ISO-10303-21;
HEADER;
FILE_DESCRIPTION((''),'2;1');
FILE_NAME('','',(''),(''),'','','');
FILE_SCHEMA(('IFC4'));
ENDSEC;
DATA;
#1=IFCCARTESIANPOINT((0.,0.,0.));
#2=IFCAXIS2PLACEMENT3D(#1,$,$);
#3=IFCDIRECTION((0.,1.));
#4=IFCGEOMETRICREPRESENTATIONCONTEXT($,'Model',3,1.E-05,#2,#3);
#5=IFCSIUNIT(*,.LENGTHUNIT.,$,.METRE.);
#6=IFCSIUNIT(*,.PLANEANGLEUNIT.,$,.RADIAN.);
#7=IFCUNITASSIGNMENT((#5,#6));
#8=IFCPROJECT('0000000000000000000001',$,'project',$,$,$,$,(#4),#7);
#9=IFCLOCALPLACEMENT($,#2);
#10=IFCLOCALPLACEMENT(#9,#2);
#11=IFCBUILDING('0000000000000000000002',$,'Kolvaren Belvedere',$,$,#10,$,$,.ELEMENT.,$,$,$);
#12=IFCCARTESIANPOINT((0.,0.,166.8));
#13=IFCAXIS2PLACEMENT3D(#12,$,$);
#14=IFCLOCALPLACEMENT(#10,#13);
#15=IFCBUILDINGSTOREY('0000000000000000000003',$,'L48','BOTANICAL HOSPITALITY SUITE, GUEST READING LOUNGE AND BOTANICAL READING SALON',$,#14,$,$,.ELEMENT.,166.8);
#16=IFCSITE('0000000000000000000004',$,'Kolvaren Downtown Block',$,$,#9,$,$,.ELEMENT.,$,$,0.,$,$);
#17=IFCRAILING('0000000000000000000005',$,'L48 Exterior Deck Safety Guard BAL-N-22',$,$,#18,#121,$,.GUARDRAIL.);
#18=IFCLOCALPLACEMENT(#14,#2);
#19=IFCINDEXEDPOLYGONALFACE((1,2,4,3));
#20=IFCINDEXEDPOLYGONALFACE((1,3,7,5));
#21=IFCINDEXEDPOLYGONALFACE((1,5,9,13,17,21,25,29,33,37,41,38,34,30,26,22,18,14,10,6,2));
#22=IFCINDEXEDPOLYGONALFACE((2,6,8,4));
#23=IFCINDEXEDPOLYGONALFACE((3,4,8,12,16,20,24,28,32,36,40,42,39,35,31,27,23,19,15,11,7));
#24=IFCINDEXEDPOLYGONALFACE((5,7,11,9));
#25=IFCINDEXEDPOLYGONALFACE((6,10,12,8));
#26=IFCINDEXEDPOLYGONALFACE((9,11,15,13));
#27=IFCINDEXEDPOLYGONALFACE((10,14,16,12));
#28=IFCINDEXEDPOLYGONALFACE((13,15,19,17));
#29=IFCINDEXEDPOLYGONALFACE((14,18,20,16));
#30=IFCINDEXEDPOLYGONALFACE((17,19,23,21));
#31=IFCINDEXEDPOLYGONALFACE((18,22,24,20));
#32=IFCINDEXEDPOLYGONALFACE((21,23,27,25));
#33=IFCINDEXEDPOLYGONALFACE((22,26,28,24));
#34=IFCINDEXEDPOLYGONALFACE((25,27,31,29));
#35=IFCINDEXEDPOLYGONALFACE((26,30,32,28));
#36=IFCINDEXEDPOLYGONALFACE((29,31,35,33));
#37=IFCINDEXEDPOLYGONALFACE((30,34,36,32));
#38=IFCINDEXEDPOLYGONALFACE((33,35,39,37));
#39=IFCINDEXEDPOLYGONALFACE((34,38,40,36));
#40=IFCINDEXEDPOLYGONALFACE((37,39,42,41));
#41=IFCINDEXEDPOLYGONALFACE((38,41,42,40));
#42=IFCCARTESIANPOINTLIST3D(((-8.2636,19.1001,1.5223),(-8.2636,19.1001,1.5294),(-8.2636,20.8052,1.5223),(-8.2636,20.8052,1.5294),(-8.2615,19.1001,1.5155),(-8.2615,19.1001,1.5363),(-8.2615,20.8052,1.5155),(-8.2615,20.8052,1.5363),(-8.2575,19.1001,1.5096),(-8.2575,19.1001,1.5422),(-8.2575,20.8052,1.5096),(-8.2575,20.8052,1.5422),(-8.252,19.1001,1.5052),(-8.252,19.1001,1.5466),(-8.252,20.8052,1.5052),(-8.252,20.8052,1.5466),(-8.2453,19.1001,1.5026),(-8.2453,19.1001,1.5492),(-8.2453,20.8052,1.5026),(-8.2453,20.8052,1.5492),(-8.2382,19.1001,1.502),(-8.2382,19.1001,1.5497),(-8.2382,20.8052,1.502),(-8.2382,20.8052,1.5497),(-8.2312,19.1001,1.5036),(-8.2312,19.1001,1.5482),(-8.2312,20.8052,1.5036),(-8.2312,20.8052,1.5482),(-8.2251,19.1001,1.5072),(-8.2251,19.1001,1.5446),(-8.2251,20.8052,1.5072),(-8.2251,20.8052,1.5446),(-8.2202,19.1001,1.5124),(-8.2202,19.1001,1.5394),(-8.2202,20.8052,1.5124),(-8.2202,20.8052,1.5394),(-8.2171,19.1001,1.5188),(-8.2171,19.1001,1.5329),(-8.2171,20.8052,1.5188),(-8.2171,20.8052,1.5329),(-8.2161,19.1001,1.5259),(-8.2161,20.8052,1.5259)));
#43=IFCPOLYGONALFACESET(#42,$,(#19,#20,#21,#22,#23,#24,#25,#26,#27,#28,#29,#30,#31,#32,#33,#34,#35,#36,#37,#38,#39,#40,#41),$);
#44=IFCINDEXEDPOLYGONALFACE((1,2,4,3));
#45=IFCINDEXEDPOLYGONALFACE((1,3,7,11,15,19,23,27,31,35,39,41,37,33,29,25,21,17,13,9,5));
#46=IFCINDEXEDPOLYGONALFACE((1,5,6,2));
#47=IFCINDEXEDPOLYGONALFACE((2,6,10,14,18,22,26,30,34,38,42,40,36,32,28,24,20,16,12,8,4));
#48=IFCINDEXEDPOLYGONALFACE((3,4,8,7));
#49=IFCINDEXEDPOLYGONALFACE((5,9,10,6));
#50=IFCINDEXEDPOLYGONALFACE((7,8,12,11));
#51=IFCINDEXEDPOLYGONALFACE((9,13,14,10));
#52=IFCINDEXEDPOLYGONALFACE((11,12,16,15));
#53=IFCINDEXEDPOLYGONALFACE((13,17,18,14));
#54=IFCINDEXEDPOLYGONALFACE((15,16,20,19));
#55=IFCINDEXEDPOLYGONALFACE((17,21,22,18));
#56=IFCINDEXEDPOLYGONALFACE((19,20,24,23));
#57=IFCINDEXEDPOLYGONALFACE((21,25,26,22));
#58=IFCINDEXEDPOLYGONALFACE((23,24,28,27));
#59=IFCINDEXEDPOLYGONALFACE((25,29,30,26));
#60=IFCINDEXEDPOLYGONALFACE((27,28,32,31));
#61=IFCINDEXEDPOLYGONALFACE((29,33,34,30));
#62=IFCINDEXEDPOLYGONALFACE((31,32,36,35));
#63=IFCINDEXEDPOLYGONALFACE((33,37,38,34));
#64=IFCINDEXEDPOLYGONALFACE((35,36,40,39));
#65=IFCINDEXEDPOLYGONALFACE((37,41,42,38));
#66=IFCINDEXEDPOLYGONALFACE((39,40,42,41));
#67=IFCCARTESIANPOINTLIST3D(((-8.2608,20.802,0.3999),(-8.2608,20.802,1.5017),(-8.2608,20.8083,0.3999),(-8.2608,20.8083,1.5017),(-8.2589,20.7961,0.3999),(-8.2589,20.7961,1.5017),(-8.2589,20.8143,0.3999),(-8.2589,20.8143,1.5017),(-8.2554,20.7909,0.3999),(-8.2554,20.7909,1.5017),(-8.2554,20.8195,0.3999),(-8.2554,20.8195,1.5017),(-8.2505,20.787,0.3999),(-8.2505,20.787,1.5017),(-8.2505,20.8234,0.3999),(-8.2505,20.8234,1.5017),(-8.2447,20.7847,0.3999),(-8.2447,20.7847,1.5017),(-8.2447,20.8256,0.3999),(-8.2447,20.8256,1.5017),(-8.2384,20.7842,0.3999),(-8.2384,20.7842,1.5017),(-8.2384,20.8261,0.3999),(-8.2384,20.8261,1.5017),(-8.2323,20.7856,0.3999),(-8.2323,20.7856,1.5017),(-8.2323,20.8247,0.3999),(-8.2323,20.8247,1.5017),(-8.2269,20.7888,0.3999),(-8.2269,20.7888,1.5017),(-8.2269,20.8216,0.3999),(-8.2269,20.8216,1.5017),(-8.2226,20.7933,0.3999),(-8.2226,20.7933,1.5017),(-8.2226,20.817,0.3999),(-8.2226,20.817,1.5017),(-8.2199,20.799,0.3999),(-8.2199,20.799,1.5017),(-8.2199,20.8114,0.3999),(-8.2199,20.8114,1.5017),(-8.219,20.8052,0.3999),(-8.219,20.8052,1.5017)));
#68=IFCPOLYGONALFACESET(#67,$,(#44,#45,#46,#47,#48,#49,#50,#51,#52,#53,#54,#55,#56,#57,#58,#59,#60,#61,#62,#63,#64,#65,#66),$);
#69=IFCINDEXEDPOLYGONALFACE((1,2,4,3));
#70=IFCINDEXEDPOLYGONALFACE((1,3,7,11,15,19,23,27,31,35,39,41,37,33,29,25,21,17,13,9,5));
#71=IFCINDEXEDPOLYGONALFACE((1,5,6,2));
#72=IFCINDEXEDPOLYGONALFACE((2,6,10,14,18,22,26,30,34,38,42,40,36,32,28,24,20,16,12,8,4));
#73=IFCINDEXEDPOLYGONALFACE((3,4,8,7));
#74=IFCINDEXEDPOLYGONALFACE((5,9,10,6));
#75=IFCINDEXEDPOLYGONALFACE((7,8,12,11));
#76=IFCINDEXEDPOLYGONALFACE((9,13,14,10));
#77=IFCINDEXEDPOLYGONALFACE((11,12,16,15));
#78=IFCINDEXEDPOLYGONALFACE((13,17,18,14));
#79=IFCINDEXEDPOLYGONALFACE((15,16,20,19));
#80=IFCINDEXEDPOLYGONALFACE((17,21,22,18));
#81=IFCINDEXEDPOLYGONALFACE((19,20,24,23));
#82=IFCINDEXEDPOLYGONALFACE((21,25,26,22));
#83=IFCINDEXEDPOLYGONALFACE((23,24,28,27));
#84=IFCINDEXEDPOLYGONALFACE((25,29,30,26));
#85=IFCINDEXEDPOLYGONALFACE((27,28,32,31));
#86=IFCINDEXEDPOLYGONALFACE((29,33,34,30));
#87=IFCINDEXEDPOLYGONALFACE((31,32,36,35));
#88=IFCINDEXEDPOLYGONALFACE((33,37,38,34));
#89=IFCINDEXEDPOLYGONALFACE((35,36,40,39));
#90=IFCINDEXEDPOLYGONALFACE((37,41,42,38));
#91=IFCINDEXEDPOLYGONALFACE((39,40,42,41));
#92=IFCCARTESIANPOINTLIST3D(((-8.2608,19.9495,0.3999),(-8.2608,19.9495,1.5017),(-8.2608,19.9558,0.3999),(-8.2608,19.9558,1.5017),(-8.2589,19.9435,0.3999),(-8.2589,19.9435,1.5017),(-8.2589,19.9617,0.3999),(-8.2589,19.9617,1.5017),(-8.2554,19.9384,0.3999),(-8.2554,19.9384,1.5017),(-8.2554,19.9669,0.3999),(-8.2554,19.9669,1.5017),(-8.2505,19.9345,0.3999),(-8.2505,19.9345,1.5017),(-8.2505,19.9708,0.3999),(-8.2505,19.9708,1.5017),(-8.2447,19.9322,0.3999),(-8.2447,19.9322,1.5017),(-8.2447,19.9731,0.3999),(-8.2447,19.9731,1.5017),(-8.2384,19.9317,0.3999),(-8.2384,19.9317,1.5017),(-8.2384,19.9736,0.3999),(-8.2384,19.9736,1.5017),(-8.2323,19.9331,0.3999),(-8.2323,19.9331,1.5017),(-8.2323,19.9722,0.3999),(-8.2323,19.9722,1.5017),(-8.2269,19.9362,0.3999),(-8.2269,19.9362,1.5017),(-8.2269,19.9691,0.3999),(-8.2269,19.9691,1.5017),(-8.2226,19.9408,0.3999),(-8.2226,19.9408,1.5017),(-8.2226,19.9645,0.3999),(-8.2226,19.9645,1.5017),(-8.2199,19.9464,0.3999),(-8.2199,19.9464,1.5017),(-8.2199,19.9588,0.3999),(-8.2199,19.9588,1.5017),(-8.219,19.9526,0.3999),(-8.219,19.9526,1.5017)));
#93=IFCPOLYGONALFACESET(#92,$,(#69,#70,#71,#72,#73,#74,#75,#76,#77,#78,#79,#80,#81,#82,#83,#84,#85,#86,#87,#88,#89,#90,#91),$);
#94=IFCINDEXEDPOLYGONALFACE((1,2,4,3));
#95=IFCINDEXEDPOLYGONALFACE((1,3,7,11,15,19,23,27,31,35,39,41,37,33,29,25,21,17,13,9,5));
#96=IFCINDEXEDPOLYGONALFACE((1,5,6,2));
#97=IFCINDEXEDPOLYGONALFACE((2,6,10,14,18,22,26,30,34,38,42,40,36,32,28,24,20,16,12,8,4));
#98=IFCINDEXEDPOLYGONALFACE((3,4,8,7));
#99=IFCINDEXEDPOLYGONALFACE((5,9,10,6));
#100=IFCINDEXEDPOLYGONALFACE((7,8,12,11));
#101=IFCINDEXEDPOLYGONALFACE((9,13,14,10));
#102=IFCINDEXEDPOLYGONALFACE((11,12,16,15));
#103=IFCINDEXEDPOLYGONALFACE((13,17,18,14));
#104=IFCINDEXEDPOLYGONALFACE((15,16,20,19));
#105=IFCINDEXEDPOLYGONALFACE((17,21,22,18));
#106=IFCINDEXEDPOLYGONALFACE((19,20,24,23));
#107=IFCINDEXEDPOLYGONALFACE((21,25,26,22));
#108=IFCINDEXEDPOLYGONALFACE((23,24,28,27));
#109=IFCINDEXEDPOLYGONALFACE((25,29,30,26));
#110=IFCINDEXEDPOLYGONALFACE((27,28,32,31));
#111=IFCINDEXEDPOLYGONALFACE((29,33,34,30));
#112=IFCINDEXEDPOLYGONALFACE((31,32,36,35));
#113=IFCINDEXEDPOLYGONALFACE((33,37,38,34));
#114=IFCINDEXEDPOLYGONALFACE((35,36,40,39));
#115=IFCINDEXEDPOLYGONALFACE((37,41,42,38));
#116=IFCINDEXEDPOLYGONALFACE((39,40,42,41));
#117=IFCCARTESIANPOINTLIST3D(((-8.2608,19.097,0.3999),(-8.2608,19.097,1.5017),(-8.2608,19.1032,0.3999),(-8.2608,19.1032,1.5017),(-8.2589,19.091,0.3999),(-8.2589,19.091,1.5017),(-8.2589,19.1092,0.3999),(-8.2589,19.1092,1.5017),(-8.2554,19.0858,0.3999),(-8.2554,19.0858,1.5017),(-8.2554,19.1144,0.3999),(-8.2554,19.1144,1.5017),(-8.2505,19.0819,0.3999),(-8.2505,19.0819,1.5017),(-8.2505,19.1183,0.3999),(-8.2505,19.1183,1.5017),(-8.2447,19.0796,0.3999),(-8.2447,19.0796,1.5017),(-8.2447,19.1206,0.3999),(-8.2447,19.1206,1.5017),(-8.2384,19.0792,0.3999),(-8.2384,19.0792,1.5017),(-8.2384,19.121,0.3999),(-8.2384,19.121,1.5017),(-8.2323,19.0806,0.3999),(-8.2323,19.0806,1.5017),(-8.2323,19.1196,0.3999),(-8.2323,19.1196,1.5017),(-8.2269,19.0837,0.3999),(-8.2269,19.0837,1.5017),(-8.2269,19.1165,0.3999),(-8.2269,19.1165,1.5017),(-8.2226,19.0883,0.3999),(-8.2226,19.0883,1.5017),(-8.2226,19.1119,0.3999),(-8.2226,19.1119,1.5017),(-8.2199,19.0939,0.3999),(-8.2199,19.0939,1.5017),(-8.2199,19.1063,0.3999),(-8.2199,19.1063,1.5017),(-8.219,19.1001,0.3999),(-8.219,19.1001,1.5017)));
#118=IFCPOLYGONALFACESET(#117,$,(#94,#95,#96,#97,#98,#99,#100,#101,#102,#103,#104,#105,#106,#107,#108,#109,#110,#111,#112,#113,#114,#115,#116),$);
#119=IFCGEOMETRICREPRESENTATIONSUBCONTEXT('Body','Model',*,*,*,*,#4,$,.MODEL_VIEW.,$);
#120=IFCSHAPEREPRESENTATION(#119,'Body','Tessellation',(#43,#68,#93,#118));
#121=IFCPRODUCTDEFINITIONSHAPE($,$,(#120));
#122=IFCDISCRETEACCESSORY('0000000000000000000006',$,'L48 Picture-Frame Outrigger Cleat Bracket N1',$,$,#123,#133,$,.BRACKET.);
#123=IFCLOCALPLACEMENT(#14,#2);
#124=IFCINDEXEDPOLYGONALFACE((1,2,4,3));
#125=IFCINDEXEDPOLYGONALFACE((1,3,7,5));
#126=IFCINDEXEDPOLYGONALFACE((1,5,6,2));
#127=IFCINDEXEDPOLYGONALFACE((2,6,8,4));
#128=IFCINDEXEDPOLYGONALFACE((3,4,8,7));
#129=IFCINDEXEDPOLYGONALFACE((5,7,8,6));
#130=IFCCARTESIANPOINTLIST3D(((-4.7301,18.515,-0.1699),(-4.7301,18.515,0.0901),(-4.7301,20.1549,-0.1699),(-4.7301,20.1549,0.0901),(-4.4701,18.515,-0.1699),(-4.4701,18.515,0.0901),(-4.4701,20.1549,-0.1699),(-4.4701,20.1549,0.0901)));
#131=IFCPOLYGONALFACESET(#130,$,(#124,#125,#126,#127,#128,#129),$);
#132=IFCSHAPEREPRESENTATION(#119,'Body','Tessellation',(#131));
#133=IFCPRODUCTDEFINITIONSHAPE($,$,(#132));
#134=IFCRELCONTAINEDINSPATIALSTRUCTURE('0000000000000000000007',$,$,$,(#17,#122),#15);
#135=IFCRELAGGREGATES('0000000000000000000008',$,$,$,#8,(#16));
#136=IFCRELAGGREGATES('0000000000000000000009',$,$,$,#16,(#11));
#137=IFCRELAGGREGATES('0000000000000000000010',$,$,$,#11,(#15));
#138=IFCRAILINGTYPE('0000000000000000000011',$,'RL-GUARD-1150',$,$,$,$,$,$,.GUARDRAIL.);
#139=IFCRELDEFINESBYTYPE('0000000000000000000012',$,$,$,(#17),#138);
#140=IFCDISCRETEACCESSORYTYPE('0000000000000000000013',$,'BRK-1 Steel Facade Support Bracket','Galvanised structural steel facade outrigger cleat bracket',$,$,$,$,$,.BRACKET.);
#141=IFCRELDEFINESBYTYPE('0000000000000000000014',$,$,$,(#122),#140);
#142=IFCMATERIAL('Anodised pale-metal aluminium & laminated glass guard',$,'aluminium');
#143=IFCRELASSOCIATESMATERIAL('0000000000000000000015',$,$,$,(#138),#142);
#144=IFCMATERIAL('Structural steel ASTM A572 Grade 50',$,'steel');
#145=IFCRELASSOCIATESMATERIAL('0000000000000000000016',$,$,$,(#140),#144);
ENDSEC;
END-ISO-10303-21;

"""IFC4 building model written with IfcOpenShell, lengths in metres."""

from ifc_helpers import new_model, si_unit, direction, frame, origin, origin_2d, place, context, subcontext, project, spatial, rectangle, circle, extrude, material, type_object, element, save


model = new_model("IFC4")

# Units and contexts
model_context = context("Model", 3, precision=1e-05, world=origin(), true_north=direction((0.0, 1.0)))
body_context = subcontext(model_context, "Body", "Model", "MODEL_VIEW")
ifc_project = project(units=[si_unit("LENGTHUNIT", "METRE"), si_unit("PLANEANGLEUNIT", "RADIAN")], contexts=[model_context])

# Site, building, storey
site_placement = place(None, origin())
site = spatial("IfcSite", under=ifc_project, at=site_placement, Name="Kolvaren Downtown Block", CompositionType="ELEMENT", RefElevation=0.0)
building_placement = place(site_placement, origin())
building = spatial("IfcBuilding", under=site, at=building_placement, Name="Kolvaren Belvedere", CompositionType="ELEMENT")
storey_placement = place(building_placement, frame((0.0, 0.0, 166.8)))
storey = spatial("IfcBuildingStorey", under=building, at=storey_placement, Name="L48", Description="BOTANICAL HOSPITALITY SUITE, GUEST READING LOUNGE AND BOTANICAL READING SALON", CompositionType="ELEMENT", Elevation=166.8)

# Railing
ifc_material_1 = material(Name="Anodised pale-metal aluminium & laminated glass guard", Category="aluminium")
railing_type = type_object("IfcRailingType", Name="RL-GUARD-1150", PredefinedType="GUARDRAIL", material=ifc_material_1)
railing_1_placement = place(storey_placement, frame((-8.24, 20.8052, 0.3999)))
element("IfcRailing", 1, at=railing_1_placement, inside=storey, type_object=railing_type, Name="L48 Exterior Deck Safety Guard BAL-N-22", PredefinedType="GUARDRAIL", context=body_context, shape_type="SweptSolid", body=[
    extrude(circle(Radius=0.0239, at=origin_2d()), frame((0.0, 0.0, 1.126), z_axis=(0.0, -1.0, 0.0), x_axis=(1.0, 0.0, 0.0)), (0.0, 0.0, 1.0), 1.7051),
    extrude(circle(Radius=0.021, at=origin_2d()), origin(), (0.0, 0.0, 1.0), 1.1018),
    extrude(circle(Radius=0.021, at=origin_2d()), frame((0.0, -0.8525, 0.0)), (0.0, 0.0, 1.0), 1.1018),
    extrude(circle(Radius=0.021, at=origin_2d()), frame((0.0, -1.7051, 0.0)), (0.0, 0.0, 1.0), 1.1018),
])

# Discrete accessory
ifc_material_2 = material(Name="Structural steel ASTM A572 Grade 50", Category="steel")
discrete_accessory_type = type_object("IfcDiscreteAccessoryType", Name="BRK-1 Steel Facade Support Bracket", Description="Galvanised structural steel facade outrigger cleat bracket", PredefinedType="BRACKET", material=ifc_material_2)
discrete_accessory_placement = place(storey_placement, frame((-4.6001, 19.335, -0.1699), z_axis=(0.0, 0.0, 1.0), x_axis=(0.0, 1.0, 0.0)))
element("IfcDiscreteAccessory", 2, at=discrete_accessory_placement, inside=storey, type_object=discrete_accessory_type, Name="L48 Picture-Frame Outrigger Cleat Bracket N1", PredefinedType="BRACKET", context=body_context, shape_type="SweptSolid", body=[
    extrude(rectangle(XDim=1.6399, YDim=0.26, at=origin_2d()), origin(), (0.0, 0.0, 1.0), 0.26),
])

save(model, "model.ifc")
